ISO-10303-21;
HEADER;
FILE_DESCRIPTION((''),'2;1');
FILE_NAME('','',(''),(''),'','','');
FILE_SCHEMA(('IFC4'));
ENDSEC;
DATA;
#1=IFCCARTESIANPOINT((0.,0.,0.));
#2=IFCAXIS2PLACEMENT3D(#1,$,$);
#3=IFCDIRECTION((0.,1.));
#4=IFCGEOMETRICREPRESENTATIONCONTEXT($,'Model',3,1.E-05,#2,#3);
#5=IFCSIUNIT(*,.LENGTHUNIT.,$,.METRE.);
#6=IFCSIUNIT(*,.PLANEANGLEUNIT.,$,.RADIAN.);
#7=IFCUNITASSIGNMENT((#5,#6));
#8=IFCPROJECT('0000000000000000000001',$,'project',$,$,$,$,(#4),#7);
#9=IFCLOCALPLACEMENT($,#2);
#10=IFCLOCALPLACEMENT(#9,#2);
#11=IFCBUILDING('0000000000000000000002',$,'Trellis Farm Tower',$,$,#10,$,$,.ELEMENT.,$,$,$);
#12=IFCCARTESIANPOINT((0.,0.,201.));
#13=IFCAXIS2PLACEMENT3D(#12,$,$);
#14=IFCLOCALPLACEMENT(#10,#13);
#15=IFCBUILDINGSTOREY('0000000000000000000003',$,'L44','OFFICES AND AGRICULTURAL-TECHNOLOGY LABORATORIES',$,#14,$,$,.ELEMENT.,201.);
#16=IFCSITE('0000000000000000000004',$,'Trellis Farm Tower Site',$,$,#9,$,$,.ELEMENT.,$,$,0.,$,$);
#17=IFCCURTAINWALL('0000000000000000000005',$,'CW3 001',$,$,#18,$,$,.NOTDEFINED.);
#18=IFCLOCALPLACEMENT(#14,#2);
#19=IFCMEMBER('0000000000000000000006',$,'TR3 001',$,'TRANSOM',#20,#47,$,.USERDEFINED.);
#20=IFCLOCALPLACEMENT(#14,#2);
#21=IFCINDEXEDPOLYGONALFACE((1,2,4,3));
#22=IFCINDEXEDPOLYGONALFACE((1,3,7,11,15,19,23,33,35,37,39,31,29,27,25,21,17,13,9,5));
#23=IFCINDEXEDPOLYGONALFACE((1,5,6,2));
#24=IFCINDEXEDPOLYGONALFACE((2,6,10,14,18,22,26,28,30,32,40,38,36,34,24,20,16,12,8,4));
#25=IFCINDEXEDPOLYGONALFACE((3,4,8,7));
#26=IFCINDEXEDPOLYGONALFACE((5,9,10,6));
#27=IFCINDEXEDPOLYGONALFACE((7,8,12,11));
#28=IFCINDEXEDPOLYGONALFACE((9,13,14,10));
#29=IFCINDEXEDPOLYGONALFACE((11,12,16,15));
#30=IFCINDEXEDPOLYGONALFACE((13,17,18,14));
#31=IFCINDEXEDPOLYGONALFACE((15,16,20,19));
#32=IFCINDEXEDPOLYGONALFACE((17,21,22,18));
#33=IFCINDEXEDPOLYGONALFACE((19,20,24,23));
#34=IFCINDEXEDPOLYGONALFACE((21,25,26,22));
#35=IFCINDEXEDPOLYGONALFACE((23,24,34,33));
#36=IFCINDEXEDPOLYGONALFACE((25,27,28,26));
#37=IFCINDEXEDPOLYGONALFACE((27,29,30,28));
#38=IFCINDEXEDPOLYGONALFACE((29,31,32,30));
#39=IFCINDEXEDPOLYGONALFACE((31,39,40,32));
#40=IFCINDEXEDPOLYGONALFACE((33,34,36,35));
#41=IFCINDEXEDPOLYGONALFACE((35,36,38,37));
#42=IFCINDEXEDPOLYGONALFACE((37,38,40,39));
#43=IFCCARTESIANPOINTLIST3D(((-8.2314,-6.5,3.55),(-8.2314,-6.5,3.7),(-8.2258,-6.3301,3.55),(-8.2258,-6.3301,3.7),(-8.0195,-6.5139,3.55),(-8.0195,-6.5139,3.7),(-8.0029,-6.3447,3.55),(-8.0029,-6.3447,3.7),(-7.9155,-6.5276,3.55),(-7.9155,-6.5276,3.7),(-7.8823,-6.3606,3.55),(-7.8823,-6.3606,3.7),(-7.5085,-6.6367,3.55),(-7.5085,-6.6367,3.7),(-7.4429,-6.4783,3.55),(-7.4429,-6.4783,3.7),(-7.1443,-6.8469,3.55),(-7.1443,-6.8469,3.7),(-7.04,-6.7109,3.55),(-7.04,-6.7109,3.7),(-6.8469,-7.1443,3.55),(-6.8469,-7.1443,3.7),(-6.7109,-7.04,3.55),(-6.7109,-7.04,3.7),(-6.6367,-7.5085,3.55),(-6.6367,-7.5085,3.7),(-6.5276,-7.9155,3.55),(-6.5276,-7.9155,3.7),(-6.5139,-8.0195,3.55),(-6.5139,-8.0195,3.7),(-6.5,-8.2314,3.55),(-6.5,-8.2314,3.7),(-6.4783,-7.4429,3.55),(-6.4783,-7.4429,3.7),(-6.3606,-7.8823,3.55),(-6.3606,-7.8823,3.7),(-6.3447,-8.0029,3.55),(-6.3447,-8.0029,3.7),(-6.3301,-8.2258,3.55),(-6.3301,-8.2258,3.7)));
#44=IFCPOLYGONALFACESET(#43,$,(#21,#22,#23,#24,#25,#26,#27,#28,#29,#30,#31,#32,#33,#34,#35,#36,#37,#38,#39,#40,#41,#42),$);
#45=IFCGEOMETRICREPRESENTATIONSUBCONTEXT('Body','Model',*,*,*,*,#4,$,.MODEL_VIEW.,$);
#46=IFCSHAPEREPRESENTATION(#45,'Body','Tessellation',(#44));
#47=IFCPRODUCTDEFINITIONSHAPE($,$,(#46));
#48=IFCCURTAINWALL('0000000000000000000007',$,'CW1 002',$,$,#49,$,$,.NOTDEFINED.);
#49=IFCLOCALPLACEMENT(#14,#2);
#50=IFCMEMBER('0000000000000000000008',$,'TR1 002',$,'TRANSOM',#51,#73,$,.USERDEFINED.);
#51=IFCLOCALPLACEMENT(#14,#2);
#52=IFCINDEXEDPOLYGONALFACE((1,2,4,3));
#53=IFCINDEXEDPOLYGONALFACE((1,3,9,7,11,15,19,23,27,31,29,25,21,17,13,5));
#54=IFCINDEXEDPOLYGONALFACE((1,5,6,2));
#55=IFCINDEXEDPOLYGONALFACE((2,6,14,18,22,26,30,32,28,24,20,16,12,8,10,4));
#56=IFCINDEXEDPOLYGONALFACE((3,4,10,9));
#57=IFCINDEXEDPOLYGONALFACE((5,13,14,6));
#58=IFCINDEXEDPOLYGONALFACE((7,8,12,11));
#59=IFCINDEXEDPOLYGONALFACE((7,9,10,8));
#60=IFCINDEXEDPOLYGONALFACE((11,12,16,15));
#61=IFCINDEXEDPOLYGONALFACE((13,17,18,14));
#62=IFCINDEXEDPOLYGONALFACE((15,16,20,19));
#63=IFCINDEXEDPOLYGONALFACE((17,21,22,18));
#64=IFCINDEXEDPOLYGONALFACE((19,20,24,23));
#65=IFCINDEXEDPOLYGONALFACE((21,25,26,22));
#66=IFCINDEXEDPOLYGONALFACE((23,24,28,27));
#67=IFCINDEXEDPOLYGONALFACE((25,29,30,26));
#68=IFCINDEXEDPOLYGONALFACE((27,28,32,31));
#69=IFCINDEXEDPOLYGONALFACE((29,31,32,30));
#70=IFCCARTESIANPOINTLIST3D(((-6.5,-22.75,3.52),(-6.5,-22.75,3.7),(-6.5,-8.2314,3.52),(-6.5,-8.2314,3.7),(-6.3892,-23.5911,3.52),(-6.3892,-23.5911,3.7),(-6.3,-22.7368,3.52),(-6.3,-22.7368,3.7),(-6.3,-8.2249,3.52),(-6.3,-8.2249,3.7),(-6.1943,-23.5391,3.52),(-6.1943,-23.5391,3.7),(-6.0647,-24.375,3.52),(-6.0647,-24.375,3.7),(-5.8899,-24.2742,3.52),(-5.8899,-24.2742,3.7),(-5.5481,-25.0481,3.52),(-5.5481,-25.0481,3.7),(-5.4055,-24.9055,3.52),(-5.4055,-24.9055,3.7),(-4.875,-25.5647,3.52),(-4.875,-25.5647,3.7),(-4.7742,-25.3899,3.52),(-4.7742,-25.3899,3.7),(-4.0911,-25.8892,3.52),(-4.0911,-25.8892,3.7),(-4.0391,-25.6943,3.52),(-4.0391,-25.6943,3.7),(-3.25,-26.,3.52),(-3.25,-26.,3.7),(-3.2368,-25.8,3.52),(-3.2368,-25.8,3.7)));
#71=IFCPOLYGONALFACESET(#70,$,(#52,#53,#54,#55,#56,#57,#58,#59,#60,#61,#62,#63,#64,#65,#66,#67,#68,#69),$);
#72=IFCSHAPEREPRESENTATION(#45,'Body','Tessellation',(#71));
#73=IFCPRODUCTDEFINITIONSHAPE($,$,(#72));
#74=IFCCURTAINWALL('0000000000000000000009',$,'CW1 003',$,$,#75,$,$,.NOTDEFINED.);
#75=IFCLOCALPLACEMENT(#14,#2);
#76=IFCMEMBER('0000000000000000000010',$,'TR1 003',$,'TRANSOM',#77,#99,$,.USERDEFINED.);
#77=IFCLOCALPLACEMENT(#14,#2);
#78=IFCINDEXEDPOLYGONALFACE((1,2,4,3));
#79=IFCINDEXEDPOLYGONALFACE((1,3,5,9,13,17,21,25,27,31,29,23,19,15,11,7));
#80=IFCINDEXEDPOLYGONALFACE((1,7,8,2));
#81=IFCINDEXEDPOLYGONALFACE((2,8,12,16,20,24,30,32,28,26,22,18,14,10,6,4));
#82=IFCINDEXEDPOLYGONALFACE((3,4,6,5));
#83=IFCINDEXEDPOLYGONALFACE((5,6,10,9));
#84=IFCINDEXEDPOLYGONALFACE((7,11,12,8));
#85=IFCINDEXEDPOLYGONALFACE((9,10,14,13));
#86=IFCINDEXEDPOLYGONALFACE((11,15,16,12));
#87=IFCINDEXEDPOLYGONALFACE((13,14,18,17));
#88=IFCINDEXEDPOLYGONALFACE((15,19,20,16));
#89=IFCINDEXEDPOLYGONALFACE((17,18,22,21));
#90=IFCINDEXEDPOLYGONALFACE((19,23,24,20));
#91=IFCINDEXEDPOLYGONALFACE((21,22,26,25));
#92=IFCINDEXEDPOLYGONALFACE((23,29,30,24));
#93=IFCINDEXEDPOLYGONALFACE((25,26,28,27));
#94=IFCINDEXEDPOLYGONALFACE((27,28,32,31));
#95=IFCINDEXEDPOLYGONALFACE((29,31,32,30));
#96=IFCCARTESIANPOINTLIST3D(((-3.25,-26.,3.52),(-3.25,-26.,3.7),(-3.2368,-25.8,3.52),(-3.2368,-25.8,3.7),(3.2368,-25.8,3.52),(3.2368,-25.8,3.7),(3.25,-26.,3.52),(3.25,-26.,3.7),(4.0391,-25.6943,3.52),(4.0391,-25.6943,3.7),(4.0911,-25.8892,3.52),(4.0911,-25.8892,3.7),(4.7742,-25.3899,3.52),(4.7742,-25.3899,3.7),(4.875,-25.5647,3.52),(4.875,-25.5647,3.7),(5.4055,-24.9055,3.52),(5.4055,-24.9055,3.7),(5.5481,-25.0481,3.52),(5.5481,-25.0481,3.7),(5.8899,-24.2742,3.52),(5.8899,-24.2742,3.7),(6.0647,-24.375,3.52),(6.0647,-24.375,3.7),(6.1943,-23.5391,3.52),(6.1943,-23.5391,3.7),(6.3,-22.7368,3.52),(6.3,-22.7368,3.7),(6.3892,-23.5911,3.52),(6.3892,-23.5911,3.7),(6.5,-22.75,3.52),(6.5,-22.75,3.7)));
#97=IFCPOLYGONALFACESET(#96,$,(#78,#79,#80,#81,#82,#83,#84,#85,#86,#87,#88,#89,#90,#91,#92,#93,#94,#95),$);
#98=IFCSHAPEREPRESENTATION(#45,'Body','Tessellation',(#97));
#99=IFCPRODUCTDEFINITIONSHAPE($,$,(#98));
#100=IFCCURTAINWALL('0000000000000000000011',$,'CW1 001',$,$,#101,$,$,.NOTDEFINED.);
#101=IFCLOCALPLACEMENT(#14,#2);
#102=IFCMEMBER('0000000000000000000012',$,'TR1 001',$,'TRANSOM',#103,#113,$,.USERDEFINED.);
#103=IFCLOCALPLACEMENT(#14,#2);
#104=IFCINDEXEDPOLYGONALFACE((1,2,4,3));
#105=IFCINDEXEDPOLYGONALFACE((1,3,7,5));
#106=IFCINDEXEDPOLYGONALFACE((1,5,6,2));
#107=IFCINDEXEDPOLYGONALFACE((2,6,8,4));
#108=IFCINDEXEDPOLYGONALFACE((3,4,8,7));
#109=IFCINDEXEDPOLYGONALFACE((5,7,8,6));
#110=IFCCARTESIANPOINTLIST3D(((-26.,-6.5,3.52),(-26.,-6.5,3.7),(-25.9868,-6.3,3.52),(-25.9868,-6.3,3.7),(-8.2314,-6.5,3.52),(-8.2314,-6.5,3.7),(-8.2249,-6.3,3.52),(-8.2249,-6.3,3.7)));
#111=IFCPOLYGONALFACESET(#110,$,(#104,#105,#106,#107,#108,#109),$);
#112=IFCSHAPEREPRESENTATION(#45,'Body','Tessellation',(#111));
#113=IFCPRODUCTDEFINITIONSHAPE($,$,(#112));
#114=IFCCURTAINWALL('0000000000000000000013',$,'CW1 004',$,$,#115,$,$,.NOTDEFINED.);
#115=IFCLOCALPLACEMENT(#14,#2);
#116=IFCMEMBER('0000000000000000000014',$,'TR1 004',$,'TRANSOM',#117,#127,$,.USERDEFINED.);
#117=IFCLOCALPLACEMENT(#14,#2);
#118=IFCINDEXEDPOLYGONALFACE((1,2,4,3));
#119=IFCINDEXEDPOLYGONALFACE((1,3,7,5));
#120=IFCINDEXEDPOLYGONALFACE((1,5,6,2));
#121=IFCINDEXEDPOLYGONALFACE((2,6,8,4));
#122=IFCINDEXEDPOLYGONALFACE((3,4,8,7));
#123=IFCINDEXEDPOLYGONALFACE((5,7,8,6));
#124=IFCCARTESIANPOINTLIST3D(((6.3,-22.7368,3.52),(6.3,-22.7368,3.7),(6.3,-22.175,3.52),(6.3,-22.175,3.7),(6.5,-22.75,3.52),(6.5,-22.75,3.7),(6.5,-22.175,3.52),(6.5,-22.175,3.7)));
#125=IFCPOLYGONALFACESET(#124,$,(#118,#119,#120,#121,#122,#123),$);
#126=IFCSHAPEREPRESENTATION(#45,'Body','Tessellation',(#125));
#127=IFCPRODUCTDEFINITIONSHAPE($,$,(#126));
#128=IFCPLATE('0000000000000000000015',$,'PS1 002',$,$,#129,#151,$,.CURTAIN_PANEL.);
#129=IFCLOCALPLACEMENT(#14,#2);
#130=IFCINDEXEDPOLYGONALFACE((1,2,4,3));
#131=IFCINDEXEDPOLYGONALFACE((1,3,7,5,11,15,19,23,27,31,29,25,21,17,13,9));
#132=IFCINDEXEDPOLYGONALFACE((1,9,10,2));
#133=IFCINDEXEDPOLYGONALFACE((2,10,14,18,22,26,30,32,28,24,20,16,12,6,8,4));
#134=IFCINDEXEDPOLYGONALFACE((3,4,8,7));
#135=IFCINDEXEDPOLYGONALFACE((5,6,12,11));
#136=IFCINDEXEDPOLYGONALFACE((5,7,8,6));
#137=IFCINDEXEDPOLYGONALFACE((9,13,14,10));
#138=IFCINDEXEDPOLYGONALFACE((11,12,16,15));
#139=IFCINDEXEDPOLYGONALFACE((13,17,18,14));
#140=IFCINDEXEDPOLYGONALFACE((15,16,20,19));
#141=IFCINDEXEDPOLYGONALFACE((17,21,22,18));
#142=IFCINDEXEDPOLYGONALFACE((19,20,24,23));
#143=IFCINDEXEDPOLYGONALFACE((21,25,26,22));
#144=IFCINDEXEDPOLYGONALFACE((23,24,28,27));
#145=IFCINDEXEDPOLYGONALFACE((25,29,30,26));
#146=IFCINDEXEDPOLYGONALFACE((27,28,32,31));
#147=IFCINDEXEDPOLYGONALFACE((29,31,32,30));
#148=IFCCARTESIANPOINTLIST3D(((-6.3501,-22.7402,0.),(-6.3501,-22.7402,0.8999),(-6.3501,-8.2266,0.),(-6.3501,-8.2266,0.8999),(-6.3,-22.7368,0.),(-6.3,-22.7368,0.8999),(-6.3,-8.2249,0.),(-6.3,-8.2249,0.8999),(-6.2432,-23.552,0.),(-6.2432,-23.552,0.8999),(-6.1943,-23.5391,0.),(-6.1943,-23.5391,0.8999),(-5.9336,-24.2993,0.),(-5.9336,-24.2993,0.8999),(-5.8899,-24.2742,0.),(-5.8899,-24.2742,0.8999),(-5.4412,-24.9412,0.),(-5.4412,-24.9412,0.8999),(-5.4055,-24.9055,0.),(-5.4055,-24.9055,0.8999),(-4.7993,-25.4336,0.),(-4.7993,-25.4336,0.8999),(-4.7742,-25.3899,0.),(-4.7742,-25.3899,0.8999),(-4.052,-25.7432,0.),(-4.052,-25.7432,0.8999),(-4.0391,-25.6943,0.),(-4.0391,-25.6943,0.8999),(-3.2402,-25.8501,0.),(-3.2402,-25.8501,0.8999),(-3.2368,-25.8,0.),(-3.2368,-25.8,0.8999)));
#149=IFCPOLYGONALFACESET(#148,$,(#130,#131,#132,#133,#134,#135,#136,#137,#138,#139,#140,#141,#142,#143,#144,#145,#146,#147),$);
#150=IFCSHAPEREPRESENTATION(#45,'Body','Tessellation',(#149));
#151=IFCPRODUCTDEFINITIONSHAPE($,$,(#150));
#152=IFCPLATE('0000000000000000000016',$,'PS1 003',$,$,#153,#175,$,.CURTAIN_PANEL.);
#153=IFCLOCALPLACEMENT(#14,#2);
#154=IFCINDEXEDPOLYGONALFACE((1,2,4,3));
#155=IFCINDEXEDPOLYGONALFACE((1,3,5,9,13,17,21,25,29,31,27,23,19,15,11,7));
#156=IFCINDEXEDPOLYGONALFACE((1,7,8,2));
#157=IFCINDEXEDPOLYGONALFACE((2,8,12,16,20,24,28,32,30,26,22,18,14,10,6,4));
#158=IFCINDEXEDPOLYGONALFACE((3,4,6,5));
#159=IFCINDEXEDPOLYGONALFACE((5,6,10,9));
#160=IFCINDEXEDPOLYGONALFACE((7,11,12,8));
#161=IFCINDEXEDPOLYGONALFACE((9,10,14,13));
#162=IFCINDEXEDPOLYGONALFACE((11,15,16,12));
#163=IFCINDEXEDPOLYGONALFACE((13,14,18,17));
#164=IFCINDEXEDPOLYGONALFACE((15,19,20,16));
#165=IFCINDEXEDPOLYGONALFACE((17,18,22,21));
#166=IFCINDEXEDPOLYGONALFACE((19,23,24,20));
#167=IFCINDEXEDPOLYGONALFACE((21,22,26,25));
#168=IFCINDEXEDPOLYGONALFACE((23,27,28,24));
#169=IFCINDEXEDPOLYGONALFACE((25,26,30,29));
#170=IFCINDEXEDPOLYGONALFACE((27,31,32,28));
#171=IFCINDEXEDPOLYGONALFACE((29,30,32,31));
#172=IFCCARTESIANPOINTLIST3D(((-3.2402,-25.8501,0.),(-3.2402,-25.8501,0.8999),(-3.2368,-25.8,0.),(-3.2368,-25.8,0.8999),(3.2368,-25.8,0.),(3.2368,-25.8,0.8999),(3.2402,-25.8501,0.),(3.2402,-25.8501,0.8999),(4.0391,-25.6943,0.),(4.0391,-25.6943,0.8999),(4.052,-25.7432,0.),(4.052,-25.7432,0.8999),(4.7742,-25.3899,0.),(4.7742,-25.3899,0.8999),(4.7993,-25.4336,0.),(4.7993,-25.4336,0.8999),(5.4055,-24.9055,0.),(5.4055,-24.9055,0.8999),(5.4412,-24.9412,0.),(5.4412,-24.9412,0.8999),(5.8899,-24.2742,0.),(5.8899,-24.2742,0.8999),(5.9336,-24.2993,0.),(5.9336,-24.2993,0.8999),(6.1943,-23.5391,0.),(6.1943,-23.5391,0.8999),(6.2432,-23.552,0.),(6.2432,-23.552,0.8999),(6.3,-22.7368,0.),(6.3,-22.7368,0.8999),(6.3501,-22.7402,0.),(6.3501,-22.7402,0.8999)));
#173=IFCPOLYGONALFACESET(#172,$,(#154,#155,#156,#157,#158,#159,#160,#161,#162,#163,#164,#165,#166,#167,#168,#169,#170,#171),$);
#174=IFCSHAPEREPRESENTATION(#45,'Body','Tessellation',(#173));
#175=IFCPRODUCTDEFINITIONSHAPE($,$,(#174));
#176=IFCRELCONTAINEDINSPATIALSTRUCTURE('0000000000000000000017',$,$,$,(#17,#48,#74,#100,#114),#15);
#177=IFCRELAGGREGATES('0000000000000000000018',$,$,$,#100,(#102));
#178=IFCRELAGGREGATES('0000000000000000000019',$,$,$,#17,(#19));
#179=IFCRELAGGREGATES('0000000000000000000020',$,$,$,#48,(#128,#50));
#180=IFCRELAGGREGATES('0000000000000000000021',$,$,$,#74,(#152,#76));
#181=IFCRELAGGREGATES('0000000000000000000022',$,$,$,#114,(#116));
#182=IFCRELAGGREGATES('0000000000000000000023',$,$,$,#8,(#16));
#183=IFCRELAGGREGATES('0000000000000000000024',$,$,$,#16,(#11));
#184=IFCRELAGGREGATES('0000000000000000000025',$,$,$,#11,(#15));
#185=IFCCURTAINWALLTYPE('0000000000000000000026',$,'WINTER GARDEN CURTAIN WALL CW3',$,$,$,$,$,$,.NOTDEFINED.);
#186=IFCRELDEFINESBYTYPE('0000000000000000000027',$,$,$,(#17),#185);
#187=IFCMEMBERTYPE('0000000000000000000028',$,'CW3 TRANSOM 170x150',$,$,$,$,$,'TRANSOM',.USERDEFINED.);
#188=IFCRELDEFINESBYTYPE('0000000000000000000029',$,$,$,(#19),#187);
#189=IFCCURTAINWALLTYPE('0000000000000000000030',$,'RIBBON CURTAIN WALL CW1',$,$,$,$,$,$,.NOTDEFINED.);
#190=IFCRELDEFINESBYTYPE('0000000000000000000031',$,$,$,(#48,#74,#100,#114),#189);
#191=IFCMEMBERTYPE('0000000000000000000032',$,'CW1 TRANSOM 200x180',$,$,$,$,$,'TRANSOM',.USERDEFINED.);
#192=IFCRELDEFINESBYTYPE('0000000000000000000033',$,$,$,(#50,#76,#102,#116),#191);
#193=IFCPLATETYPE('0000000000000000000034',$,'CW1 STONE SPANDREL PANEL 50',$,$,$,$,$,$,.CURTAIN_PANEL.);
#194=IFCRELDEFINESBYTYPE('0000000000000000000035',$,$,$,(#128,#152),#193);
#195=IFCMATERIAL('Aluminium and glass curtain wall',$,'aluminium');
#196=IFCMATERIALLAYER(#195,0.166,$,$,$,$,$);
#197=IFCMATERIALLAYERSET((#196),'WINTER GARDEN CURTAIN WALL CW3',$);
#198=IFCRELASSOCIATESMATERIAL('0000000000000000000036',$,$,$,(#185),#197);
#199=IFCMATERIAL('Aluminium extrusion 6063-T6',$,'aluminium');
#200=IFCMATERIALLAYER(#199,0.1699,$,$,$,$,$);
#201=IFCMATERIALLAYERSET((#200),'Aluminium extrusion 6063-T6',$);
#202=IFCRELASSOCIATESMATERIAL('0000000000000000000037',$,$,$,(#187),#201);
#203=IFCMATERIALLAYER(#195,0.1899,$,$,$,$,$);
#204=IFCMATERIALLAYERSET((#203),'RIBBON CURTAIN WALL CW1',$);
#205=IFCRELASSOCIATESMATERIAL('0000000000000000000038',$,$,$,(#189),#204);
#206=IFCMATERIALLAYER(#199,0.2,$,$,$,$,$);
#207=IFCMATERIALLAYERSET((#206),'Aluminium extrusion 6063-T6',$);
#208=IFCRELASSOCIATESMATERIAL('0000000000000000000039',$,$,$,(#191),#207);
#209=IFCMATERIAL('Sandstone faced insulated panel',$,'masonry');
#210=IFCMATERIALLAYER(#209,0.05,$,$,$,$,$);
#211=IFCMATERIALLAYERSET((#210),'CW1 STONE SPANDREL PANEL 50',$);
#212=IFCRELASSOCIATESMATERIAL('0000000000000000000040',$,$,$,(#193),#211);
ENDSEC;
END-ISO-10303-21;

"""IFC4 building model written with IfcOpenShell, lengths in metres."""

from ifc_helpers import new_model, si_unit, direction, frame, origin, place, context, subcontext, project, spatial, polyline, outline, extrude, source, transform, mapped, material, layer, layer_set, type_object, element, aggregate, save


model = new_model("IFC4")

# Units and contexts
model_context = context("Model", 3, precision=1e-05, world=origin(), true_north=direction((0.0, 1.0)))
body_context = subcontext(model_context, "Body", "Model", "MODEL_VIEW")
ifc_project = project(units=[si_unit("LENGTHUNIT", "METRE"), si_unit("PLANEANGLEUNIT", "RADIAN")], contexts=[model_context])

# Site, building, storey
site_placement = place(None, origin())
site = spatial("IfcSite", under=ifc_project, at=site_placement, Name="Trellis Farm Tower Site", CompositionType="ELEMENT", RefElevation=0.0)
building_placement = place(site_placement, origin())
building = spatial("IfcBuilding", under=site, at=building_placement, Name="Trellis Farm Tower", CompositionType="ELEMENT")
storey_placement = place(building_placement, frame((0.0, 0.0, 201.0)))
storey = spatial("IfcBuildingStorey", under=building, at=storey_placement, Name="L44", Description="OFFICES AND AGRICULTURAL-TECHNOLOGY LABORATORIES", CompositionType="ELEMENT", Elevation=201.0)

# Curtain walls, members
ifc_material_1 = material(Name="Aluminium and glass curtain wall", Category="aluminium")
ifc_layer_1 = layer(ifc_material_1, 0.166)
ifc_layer_set_1 = layer_set([ifc_layer_1], Name="WINTER GARDEN CURTAIN WALL CW3")
curtain_wall_type_1 = type_object("IfcCurtainWallType", Name="WINTER GARDEN CURTAIN WALL CW3", PredefinedType="NOTDEFINED", material=ifc_layer_set_1)
placement_1 = place(storey_placement, origin())
curtain_wall_1 = element("IfcCurtainWall", 1, at=placement_1, inside=storey, type_object=curtain_wall_type_1, Name="CW3 001", PredefinedType="NOTDEFINED")
ifc_material_2 = material(Name="Aluminium extrusion 6063-T6", Category="aluminium")
ifc_layer_2 = layer(ifc_material_2, 0.1699)
ifc_layer_set_2 = layer_set([ifc_layer_2], Name="Aluminium extrusion 6063-T6")
member_type_1 = type_object("IfcMemberType", Name="CW3 TRANSOM 170x150", ElementType="TRANSOM", PredefinedType="USERDEFINED", material=ifc_layer_set_2)
shared_shape_1 = source(origin(), body_context, "Body", "SweptSolid", [
    extrude(outline(polyline([(-8.2314, -6.5), (-8.0195, -6.5139), (-7.9155, -6.5276), (-7.5085, -6.6367), (-7.1443, -6.8469), (-6.8469, -7.1443), (-6.6367, -7.5085), (-6.5276, -7.9155), (-6.5139, -8.0195), (-6.5, -8.2314), (-6.3301, -8.2258), (-6.3447, -8.0029), (-6.3606, -7.8823), (-6.4783, -7.4429), (-6.7109, -7.04), (-7.04, -6.7109), (-7.4429, -6.4783), (-7.8823, -6.3606), (-8.0029, -6.3447), (-8.2258, -6.3301), (-8.2314, -6.5)])), origin(), (0.0, 0.0, 1.0), 0.1499),
])
member_1_placement = place(storey_placement, frame((0.0, 0.0, 3.55)))
member_1 = element("IfcMember", 2, at=member_1_placement, type_object=member_type_1, Name="TR3 001", ObjectType="TRANSOM", PredefinedType="USERDEFINED", context=body_context, shape_type="MappedRepresentation", body=[
    mapped(shared_shape_1, transform((0.0, 0.0, 0.0))),
])
ifc_layer_3 = layer(ifc_material_1, 0.1899)
ifc_layer_set_3 = layer_set([ifc_layer_3], Name="RIBBON CURTAIN WALL CW1")
curtain_wall_type_2 = type_object("IfcCurtainWallType", Name="RIBBON CURTAIN WALL CW1", PredefinedType="NOTDEFINED", material=ifc_layer_set_3)
curtain_wall_2 = element("IfcCurtainWall", 3, at=placement_1, inside=storey, type_object=curtain_wall_type_2, Name="CW1 002", PredefinedType="NOTDEFINED")
ifc_layer_4 = layer(ifc_material_2, 0.2)
ifc_layer_set_4 = layer_set([ifc_layer_4], Name="Aluminium extrusion 6063-T6")
member_type_2 = type_object("IfcMemberType", Name="CW1 TRANSOM 200x180", ElementType="TRANSOM", PredefinedType="USERDEFINED", material=ifc_layer_set_4)
shared_shape_2 = source(origin(), body_context, "Body", "SweptSolid", [
    extrude(outline(polyline([(-6.5, -8.2314), (-6.5, -22.75), (-6.3892, -23.5911), (-6.0647, -24.375), (-5.5481, -25.0481), (-4.875, -25.5647), (-4.0911, -25.8892), (-3.25, -26.0), (-3.2368, -25.8), (-4.0391, -25.6943), (-4.7742, -25.3899), (-5.4055, -24.9055), (-5.8899, -24.2742), (-6.1943, -23.5391), (-6.3, -22.7368), (-6.3, -8.2249), (-6.5, -8.2314)])), origin(), (0.0, 0.0, 1.0), 0.1799),
])
placement_2 = place(storey_placement, frame((0.0, 0.0, 3.52)))
member_2 = element("IfcMember", 4, at=placement_2, type_object=member_type_2, Name="TR1 002", ObjectType="TRANSOM", PredefinedType="USERDEFINED", context=body_context, shape_type="MappedRepresentation", body=[
    mapped(shared_shape_2, transform((0.0, 0.0, 0.0))),
])
curtain_wall_3 = element("IfcCurtainWall", 5, at=placement_1, inside=storey, type_object=curtain_wall_type_2, Name="CW1 003", PredefinedType="NOTDEFINED")
shared_shape_3 = source(origin(), body_context, "Body", "SweptSolid", [
    extrude(outline(polyline([(-3.25, -26.0), (3.25, -26.0), (4.0911, -25.8892), (4.875, -25.5647), (5.5481, -25.0481), (6.0647, -24.375), (6.3892, -23.5911), (6.5, -22.75), (6.3, -22.7368), (6.1943, -23.5391), (5.8899, -24.2742), (5.4055, -24.9055), (4.7742, -25.3899), (4.0391, -25.6943), (3.2368, -25.8), (-3.2368, -25.8), (-3.25, -26.0)])), origin(), (0.0, 0.0, 1.0), 0.1799),
])
member_3 = element("IfcMember", 6, at=placement_2, type_object=member_type_2, Name="TR1 003", ObjectType="TRANSOM", PredefinedType="USERDEFINED", context=body_context, shape_type="MappedRepresentation", body=[
    mapped(shared_shape_3, transform((0.0, 0.0, 0.0))),
])
curtain_wall_4 = element("IfcCurtainWall", 7, at=placement_1, inside=storey, type_object=curtain_wall_type_2, Name="CW1 001", PredefinedType="NOTDEFINED")
shared_shape_4 = source(origin(), body_context, "Body", "SweptSolid", [
    extrude(outline(polyline([(-26.0, -6.5), (-8.2314, -6.5), (-8.2249, -6.3), (-25.9868, -6.3), (-26.0, -6.5)])), origin(), (0.0, 0.0, 1.0), 0.1799),
])
member_4 = element("IfcMember", 8, at=placement_2, type_object=member_type_2, Name="TR1 001", ObjectType="TRANSOM", PredefinedType="USERDEFINED", context=body_context, shape_type="MappedRepresentation", body=[
    mapped(shared_shape_4, transform((0.0, 0.0, 0.0))),
])
aggregate(curtain_wall_4, [member_4])
curtain_wall_5 = element("IfcCurtainWall", 9, at=placement_1, inside=storey, type_object=curtain_wall_type_2, Name="CW1 004", PredefinedType="NOTDEFINED")
shared_shape_5 = source(origin(), body_context, "Body", "SweptSolid", [
    extrude(outline(polyline([(6.5, -22.75), (6.5, -22.175), (6.3, -22.175), (6.3, -22.7368), (6.5, -22.75)])), origin(), (0.0, 0.0, 1.0), 0.1799),
])
member_5 = element("IfcMember", 10, at=placement_2, type_object=member_type_2, Name="TR1 004", ObjectType="TRANSOM", PredefinedType="USERDEFINED", context=body_context, shape_type="MappedRepresentation", body=[
    mapped(shared_shape_5, transform((0.0, 0.0, 0.0))),
])

# Plates
ifc_material_3 = material(Name="Sandstone faced insulated panel", Category="masonry")
ifc_layer_5 = layer(ifc_material_3, 0.05)
ifc_layer_set_5 = layer_set([ifc_layer_5], Name="CW1 STONE SPANDREL PANEL 50")
plate_type_1 = type_object("IfcPlateType", Name="CW1 STONE SPANDREL PANEL 50", PredefinedType="CURTAIN_PANEL", material=ifc_layer_set_5)
shared_shape_6 = source(origin(), body_context, "Body", "SweptSolid", [
    extrude(outline(polyline([(-6.3501, -8.2266), (-6.3501, -22.7402), (-6.2432, -23.552), (-5.9336, -24.2993), (-5.4412, -24.9412), (-4.7993, -25.4336), (-4.052, -25.7432), (-3.2402, -25.8501), (-3.2368, -25.8), (-4.0391, -25.6943), (-4.7742, -25.3899), (-5.4055, -24.9055), (-5.8899, -24.2742), (-6.1943, -23.5391), (-6.3, -22.7368), (-6.3, -8.2249), (-6.3501, -8.2266)])), origin(), (0.0, 0.0, 1.0), 0.8999),
])
plate_1 = element("IfcPlate", 11, at=placement_1, type_object=plate_type_1, Name="PS1 002", PredefinedType="CURTAIN_PANEL", context=body_context, shape_type="MappedRepresentation", body=[
    mapped(shared_shape_6, transform((0.0, 0.0, 0.0))),
])
shared_shape_7 = source(origin(), body_context, "Body", "SweptSolid", [
    extrude(outline(polyline([(-3.2402, -25.8501), (3.2402, -25.8501), (4.052, -25.7432), (4.7993, -25.4336), (5.4412, -24.9412), (5.9336, -24.2993), (6.2432, -23.552), (6.3501, -22.7402), (6.3, -22.7368), (6.1943, -23.5391), (5.8899, -24.2742), (5.4055, -24.9055), (4.7742, -25.3899), (4.0391, -25.6943), (3.2368, -25.8), (-3.2368, -25.8), (-3.2402, -25.8501)])), origin(), (0.0, 0.0, 1.0), 0.8999),
])
plate_2 = element("IfcPlate", 12, at=placement_1, type_object=plate_type_1, Name="PS1 003", PredefinedType="CURTAIN_PANEL", context=body_context, shape_type="MappedRepresentation", body=[
    mapped(shared_shape_7, transform((0.0, 0.0, 0.0))),
])
aggregate(curtain_wall_1, [member_1])
aggregate(curtain_wall_2, [plate_1, member_2])
aggregate(curtain_wall_3, [plate_2, member_3])
aggregate(curtain_wall_5, [member_5])

save(model, "model.ifc")
